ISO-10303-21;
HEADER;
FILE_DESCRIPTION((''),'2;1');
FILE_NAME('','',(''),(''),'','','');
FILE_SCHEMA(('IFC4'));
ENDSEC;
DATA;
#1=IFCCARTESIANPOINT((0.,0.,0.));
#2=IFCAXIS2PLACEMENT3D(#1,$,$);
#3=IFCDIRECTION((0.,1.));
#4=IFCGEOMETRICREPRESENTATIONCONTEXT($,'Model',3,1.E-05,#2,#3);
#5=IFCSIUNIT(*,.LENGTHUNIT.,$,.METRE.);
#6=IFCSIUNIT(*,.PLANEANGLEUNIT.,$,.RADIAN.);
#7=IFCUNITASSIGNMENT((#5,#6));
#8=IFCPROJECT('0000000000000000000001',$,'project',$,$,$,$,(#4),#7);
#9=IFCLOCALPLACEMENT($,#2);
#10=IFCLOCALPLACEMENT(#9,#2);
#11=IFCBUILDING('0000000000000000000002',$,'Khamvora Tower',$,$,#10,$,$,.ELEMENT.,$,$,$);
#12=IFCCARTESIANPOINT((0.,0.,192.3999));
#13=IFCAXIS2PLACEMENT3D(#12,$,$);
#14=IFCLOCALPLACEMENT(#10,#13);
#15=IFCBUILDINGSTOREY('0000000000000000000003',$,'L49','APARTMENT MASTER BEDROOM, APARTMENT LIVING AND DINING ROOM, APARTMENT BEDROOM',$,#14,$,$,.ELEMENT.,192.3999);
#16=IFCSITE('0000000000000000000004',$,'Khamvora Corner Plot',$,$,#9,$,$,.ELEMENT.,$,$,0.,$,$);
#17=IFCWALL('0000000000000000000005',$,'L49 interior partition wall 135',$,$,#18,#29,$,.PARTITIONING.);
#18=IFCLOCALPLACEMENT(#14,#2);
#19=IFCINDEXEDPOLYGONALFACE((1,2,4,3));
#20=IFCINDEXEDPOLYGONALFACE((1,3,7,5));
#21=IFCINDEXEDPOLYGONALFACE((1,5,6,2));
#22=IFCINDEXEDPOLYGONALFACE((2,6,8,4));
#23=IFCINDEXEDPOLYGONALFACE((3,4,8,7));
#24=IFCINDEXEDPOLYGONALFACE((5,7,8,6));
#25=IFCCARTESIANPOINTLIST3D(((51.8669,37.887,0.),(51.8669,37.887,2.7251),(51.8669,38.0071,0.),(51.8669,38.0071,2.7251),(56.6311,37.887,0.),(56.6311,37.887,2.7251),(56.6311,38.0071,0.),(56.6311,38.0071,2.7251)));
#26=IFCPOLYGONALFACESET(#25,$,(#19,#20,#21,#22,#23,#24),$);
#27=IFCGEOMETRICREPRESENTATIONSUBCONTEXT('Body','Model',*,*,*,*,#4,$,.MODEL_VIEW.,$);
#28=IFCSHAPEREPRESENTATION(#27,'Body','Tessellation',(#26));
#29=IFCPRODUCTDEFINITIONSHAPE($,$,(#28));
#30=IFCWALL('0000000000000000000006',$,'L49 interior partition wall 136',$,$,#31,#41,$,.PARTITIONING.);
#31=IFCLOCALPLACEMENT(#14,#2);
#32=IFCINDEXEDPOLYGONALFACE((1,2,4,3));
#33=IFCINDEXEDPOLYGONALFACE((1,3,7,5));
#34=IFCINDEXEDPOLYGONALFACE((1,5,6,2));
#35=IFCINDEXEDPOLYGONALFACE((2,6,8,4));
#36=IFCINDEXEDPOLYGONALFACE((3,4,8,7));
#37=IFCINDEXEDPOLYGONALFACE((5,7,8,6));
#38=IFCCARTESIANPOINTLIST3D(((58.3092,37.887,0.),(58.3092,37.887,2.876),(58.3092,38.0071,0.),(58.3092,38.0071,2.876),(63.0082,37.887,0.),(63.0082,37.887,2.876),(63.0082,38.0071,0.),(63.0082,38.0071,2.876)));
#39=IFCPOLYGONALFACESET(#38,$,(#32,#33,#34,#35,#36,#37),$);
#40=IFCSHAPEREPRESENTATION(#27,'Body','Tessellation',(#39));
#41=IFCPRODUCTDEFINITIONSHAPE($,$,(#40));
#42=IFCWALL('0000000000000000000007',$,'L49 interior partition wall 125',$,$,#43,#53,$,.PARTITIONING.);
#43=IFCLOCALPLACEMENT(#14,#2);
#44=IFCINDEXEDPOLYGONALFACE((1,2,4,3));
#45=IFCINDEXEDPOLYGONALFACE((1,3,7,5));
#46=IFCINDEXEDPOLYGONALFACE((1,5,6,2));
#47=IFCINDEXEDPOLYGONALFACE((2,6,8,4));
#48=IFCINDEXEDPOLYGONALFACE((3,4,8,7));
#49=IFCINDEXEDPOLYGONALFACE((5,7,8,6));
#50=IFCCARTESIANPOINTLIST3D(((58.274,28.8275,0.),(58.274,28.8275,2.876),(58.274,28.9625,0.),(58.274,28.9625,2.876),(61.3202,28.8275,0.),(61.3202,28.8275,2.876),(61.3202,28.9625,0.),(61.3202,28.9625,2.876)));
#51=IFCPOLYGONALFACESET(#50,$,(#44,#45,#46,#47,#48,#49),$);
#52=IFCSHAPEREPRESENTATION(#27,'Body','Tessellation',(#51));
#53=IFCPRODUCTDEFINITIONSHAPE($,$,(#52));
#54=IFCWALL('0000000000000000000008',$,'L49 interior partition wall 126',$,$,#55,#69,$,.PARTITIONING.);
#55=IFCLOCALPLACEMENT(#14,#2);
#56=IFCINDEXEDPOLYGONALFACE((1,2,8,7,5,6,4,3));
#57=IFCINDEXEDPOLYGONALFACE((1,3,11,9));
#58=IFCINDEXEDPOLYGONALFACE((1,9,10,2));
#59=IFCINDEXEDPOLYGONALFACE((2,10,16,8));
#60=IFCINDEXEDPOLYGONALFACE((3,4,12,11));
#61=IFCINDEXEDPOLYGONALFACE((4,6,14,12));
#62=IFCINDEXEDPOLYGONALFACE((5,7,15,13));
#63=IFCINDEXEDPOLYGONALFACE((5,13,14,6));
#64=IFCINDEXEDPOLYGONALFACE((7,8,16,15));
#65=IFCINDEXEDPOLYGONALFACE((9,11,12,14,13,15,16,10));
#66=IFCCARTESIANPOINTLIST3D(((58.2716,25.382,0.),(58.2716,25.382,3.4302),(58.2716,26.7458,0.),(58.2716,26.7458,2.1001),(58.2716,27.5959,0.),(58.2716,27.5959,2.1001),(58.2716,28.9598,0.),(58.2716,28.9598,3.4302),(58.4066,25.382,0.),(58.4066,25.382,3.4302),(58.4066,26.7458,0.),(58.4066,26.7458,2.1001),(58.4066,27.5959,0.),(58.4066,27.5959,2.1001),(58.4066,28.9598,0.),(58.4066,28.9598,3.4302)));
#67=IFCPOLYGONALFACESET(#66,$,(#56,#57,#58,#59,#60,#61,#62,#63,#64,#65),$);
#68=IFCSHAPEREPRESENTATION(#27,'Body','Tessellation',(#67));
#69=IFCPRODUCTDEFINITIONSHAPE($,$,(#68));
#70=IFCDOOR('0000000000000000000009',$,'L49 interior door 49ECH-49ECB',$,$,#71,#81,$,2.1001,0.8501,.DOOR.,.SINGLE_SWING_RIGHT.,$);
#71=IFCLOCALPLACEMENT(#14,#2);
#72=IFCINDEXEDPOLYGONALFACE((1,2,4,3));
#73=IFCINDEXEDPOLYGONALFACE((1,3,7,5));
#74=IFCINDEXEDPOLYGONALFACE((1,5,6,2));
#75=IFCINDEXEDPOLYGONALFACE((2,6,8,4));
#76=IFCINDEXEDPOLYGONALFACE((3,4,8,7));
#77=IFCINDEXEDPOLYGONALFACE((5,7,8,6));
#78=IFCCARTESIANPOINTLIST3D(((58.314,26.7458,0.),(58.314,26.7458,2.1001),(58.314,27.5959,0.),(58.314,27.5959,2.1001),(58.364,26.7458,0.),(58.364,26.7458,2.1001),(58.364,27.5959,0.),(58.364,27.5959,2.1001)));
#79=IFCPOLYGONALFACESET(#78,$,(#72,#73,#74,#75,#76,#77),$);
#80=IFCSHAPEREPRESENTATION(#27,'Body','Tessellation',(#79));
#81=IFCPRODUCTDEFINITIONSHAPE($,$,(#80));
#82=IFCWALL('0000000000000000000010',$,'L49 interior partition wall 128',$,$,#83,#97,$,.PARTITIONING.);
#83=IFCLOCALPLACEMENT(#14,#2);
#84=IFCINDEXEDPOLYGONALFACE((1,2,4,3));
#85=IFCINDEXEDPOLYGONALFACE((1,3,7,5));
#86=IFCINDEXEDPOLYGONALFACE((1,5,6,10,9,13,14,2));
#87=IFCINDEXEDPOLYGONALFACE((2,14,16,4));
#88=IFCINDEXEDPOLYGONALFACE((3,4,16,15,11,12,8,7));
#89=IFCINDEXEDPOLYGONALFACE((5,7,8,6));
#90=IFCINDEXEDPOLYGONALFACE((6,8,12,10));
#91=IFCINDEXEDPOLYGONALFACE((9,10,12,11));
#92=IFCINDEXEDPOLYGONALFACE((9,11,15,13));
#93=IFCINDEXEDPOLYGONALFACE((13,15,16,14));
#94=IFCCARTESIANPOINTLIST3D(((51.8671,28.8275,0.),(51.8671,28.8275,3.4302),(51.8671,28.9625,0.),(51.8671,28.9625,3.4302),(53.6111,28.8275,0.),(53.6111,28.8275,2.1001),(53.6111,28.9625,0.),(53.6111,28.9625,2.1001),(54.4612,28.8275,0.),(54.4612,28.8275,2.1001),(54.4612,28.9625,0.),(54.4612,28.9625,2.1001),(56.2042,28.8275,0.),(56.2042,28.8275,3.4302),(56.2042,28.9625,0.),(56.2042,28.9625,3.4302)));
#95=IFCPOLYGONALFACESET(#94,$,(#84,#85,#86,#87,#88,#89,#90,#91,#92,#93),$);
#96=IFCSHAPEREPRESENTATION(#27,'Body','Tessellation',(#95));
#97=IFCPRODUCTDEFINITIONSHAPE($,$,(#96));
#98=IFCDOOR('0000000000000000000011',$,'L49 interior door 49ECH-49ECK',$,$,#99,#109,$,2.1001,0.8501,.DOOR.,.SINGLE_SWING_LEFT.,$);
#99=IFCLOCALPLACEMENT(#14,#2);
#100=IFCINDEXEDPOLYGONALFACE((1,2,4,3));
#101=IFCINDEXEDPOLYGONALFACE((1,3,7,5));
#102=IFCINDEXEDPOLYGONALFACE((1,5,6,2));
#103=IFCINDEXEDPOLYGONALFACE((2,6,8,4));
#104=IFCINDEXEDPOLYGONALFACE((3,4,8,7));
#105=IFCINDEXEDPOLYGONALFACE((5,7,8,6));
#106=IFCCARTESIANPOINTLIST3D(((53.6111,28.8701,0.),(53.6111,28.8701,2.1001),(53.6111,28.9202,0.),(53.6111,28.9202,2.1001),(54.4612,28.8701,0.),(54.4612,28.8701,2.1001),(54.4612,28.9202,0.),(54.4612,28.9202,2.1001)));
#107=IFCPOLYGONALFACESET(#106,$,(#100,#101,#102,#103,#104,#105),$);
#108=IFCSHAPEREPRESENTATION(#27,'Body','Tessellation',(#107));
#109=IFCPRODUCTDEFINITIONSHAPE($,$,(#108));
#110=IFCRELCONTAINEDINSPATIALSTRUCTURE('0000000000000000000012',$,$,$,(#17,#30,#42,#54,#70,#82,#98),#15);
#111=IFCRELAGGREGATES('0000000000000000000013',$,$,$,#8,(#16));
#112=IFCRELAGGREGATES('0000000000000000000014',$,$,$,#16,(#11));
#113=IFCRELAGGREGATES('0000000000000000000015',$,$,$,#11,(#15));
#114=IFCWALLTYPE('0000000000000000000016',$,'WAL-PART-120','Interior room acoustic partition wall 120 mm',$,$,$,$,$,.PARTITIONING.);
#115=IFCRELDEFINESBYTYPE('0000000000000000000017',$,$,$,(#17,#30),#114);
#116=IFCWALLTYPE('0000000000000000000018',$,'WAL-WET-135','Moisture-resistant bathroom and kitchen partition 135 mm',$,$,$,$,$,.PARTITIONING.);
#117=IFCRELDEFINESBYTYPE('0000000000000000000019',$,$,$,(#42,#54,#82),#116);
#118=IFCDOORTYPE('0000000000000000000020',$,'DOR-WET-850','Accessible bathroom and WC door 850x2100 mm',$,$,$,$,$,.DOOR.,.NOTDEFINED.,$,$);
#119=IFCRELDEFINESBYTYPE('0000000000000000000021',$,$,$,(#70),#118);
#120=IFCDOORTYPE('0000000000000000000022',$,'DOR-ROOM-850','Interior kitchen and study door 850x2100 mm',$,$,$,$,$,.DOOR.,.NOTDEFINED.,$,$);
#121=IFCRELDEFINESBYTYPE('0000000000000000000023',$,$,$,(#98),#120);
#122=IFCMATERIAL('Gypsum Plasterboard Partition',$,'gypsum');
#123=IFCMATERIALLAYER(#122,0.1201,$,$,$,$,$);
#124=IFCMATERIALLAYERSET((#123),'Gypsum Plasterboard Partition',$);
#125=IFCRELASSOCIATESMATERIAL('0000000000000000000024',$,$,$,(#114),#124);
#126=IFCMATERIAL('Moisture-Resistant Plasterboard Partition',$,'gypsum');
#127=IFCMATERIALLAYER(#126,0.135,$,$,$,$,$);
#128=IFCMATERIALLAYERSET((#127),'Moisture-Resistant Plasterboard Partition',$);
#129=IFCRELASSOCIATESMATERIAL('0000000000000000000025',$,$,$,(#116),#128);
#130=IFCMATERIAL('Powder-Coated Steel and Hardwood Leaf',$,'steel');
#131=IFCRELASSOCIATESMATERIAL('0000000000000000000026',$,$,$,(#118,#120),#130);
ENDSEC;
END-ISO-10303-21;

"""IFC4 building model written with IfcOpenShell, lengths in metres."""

from ifc_helpers import new_model, si_unit, direction, frame, frame_2d, origin, place, context, subcontext, project, spatial, rectangle, extrude, material, layer, layer_set, type_object, element, fill, save


model = new_model("IFC4")

# Units and contexts
model_context = context("Model", 3, precision=1e-05, world=origin(), true_north=direction((0.0, 1.0)))
body_context = subcontext(model_context, "Body", "Model", "MODEL_VIEW")
ifc_project = project(units=[si_unit("LENGTHUNIT", "METRE"), si_unit("PLANEANGLEUNIT", "RADIAN")], contexts=[model_context])

# Site, building, storey
site_placement = place(None, origin())
site = spatial("IfcSite", under=ifc_project, at=site_placement, Name="Khamvora Corner Plot", CompositionType="ELEMENT", RefElevation=0.0)
building_placement = place(site_placement, origin())
building = spatial("IfcBuilding", under=site, at=building_placement, Name="Khamvora Tower", CompositionType="ELEMENT")
storey_placement = place(building_placement, frame((0.0, 0.0, 192.3999)))
storey = spatial("IfcBuildingStorey", under=building, at=storey_placement, Name="L49", Description="APARTMENT MASTER BEDROOM, APARTMENT LIVING AND DINING ROOM, APARTMENT BEDROOM", CompositionType="ELEMENT", Elevation=192.3999)

# Shared definitions
ifc_material_1 = material(Name="Gypsum Plasterboard Partition", Category="gypsum")
ifc_layer_1 = layer(ifc_material_1, 0.1201)
ifc_layer_set_1 = layer_set([ifc_layer_1], Name="Gypsum Plasterboard Partition")
wall_type_1 = type_object("IfcWallType", Name="WAL-PART-120", Description="Interior room acoustic partition wall 120 mm", PredefinedType="PARTITIONING", material=ifc_layer_set_1)
ifc_material_2 = material(Name="Powder-Coated Steel and Hardwood Leaf", Category="steel")

# Walls
wall_1_placement = place(storey_placement, frame((51.8669, 37.947, 0.0), z_axis=(0.0, 0.0, 1.0), x_axis=(1.0, 0.0, 0.0)))
element("IfcWall", 1, at=wall_1_placement, inside=storey, type_object=wall_type_1, Name="L49 interior partition wall 135", PredefinedType="PARTITIONING", context=body_context, shape_type="SweptSolid", body=[
    extrude(rectangle(XDim=4.7642, YDim=0.1201, at=frame_2d((2.3821, 0.0))), origin(), (0.0, 0.0, 1.0), 2.7251),
])
wall_2_placement = place(storey_placement, frame((58.3091, 37.947, 0.0), z_axis=(0.0, 0.0, 1.0), x_axis=(1.0, 0.0, 0.0)))
element("IfcWall", 2, at=wall_2_placement, inside=storey, type_object=wall_type_1, Name="L49 interior partition wall 136", PredefinedType="PARTITIONING", context=body_context, shape_type="SweptSolid", body=[
    extrude(rectangle(XDim=4.699, YDim=0.1201, at=frame_2d((2.3496, 0.0))), origin(), (0.0, 0.0, 1.0), 2.876),
])
ifc_material_3 = material(Name="Moisture-Resistant Plasterboard Partition", Category="gypsum")
ifc_layer_2 = layer(ifc_material_3, 0.135)
ifc_layer_set_2 = layer_set([ifc_layer_2], Name="Moisture-Resistant Plasterboard Partition")
wall_type_2 = type_object("IfcWallType", Name="WAL-WET-135", Description="Moisture-resistant bathroom and kitchen partition 135 mm", PredefinedType="PARTITIONING", material=ifc_layer_set_2)
wall_3_placement = place(storey_placement, frame((61.3201, 28.895, 0.0), z_axis=(0.0, 0.0, 1.0), x_axis=(-1.0, 0.0, 0.0)))
element("IfcWall", 3, at=wall_3_placement, inside=storey, type_object=wall_type_2, Name="L49 interior partition wall 125", PredefinedType="PARTITIONING", context=body_context, shape_type="SweptSolid", body=[
    extrude(rectangle(XDim=3.0461, YDim=0.135, at=frame_2d((1.5229, 0.0))), origin(), (0.0, 0.0, 1.0), 2.876),
])

# Walls, openings, doors
wall_4_placement = place(storey_placement, frame((58.3391, 28.96, 0.0), z_axis=(0.0, 0.0, 1.0), x_axis=(0.0, -1.0, 0.0)))
wall_4 = element("IfcWall", 4, at=wall_4_placement, inside=storey, type_object=wall_type_2, Name="L49 interior partition wall 126", PredefinedType="PARTITIONING", context=body_context, shape_type="SweptSolid", body=[
    extrude(rectangle(XDim=3.5779, YDim=0.135, at=frame_2d((1.7891, 0.0))), origin(), (0.0, 0.0, 1.0), 3.4302),
])
opening_1_placement = place(wall_4_placement, frame((1.364, 0.0, 0.0)))
opening_1 = element("IfcOpeningElement", 5, at=opening_1_placement, cuts=wall_4, PredefinedType="OPENING", context=body_context, shape_type="SweptSolid", body=[
    extrude(rectangle(XDim=0.8501, YDim=2.1001, at=frame_2d((0.425, 1.05))), frame((0.0, 0.0774, 0.0), z_axis=(0.0, -1.0, 0.0), x_axis=(1.0, 0.0, 0.0)), (0.0, 0.0, 1.0), 0.155),
])
door_type_1 = type_object("IfcDoorType", Name="DOR-WET-850", Description="Accessible bathroom and WC door 850x2100 mm", OperationType="NOTDEFINED", PredefinedType="DOOR", material=ifc_material_2)
door_1_placement = place(opening_1_placement, origin())
door_1 = element("IfcDoor", 6, at=door_1_placement, inside=storey, type_object=door_type_1, Name="L49 interior door 49ECH-49ECB", OperationType="SINGLE_SWING_RIGHT", OverallHeight=2.1001, OverallWidth=0.8501, PredefinedType="DOOR", context=body_context, shape_type="SweptSolid", body=[
    extrude(rectangle(XDim=0.8501, YDim=2.1001, at=frame_2d((0.425, 1.05))), frame((0.0, 0.0249, 0.0), z_axis=(0.0, -1.0, 0.0), x_axis=(1.0, 0.0, 0.0)), (0.0, 0.0, 1.0), 0.05),
])
fill(opening_1, door_1)
wall_5_placement = place(storey_placement, frame((56.2041, 28.895, 0.0), z_axis=(0.0, 0.0, 1.0), x_axis=(-1.0, 0.0, 0.0)))
wall_5 = element("IfcWall", 7, at=wall_5_placement, inside=storey, type_object=wall_type_2, Name="L49 interior partition wall 128", PredefinedType="PARTITIONING", context=body_context, shape_type="SweptSolid", body=[
    extrude(rectangle(XDim=4.3372, YDim=0.135, at=frame_2d((2.1685, 0.0))), origin(), (0.0, 0.0, 1.0), 3.4302),
])
opening_2_placement = place(wall_5_placement, frame((1.7429, 0.0, 0.0)))
opening_2 = element("IfcOpeningElement", 8, at=opening_2_placement, cuts=wall_5, PredefinedType="OPENING", context=body_context, shape_type="SweptSolid", body=[
    extrude(rectangle(XDim=0.8501, YDim=2.1001, at=frame_2d((0.425, 1.05))), frame((0.0, 0.0774, 0.0), z_axis=(0.0, -1.0, 0.0), x_axis=(1.0, 0.0, 0.0)), (0.0, 0.0, 1.0), 0.155),
])
door_type_2 = type_object("IfcDoorType", Name="DOR-ROOM-850", Description="Interior kitchen and study door 850x2100 mm", OperationType="NOTDEFINED", PredefinedType="DOOR", material=ifc_material_2)
door_2_placement = place(opening_2_placement, origin())
door_2 = element("IfcDoor", 9, at=door_2_placement, inside=storey, type_object=door_type_2, Name="L49 interior door 49ECH-49ECK", OperationType="SINGLE_SWING_LEFT", OverallHeight=2.1001, OverallWidth=0.8501, PredefinedType="DOOR", context=body_context, shape_type="SweptSolid", body=[
    extrude(rectangle(XDim=0.8501, YDim=2.1001, at=frame_2d((0.425, 1.05))), frame((0.0, 0.0249, 0.0), z_axis=(0.0, -1.0, 0.0), x_axis=(1.0, 0.0, 0.0)), (0.0, 0.0, 1.0), 0.05),
])
fill(opening_2, door_2)

save(model, "model.ifc")
